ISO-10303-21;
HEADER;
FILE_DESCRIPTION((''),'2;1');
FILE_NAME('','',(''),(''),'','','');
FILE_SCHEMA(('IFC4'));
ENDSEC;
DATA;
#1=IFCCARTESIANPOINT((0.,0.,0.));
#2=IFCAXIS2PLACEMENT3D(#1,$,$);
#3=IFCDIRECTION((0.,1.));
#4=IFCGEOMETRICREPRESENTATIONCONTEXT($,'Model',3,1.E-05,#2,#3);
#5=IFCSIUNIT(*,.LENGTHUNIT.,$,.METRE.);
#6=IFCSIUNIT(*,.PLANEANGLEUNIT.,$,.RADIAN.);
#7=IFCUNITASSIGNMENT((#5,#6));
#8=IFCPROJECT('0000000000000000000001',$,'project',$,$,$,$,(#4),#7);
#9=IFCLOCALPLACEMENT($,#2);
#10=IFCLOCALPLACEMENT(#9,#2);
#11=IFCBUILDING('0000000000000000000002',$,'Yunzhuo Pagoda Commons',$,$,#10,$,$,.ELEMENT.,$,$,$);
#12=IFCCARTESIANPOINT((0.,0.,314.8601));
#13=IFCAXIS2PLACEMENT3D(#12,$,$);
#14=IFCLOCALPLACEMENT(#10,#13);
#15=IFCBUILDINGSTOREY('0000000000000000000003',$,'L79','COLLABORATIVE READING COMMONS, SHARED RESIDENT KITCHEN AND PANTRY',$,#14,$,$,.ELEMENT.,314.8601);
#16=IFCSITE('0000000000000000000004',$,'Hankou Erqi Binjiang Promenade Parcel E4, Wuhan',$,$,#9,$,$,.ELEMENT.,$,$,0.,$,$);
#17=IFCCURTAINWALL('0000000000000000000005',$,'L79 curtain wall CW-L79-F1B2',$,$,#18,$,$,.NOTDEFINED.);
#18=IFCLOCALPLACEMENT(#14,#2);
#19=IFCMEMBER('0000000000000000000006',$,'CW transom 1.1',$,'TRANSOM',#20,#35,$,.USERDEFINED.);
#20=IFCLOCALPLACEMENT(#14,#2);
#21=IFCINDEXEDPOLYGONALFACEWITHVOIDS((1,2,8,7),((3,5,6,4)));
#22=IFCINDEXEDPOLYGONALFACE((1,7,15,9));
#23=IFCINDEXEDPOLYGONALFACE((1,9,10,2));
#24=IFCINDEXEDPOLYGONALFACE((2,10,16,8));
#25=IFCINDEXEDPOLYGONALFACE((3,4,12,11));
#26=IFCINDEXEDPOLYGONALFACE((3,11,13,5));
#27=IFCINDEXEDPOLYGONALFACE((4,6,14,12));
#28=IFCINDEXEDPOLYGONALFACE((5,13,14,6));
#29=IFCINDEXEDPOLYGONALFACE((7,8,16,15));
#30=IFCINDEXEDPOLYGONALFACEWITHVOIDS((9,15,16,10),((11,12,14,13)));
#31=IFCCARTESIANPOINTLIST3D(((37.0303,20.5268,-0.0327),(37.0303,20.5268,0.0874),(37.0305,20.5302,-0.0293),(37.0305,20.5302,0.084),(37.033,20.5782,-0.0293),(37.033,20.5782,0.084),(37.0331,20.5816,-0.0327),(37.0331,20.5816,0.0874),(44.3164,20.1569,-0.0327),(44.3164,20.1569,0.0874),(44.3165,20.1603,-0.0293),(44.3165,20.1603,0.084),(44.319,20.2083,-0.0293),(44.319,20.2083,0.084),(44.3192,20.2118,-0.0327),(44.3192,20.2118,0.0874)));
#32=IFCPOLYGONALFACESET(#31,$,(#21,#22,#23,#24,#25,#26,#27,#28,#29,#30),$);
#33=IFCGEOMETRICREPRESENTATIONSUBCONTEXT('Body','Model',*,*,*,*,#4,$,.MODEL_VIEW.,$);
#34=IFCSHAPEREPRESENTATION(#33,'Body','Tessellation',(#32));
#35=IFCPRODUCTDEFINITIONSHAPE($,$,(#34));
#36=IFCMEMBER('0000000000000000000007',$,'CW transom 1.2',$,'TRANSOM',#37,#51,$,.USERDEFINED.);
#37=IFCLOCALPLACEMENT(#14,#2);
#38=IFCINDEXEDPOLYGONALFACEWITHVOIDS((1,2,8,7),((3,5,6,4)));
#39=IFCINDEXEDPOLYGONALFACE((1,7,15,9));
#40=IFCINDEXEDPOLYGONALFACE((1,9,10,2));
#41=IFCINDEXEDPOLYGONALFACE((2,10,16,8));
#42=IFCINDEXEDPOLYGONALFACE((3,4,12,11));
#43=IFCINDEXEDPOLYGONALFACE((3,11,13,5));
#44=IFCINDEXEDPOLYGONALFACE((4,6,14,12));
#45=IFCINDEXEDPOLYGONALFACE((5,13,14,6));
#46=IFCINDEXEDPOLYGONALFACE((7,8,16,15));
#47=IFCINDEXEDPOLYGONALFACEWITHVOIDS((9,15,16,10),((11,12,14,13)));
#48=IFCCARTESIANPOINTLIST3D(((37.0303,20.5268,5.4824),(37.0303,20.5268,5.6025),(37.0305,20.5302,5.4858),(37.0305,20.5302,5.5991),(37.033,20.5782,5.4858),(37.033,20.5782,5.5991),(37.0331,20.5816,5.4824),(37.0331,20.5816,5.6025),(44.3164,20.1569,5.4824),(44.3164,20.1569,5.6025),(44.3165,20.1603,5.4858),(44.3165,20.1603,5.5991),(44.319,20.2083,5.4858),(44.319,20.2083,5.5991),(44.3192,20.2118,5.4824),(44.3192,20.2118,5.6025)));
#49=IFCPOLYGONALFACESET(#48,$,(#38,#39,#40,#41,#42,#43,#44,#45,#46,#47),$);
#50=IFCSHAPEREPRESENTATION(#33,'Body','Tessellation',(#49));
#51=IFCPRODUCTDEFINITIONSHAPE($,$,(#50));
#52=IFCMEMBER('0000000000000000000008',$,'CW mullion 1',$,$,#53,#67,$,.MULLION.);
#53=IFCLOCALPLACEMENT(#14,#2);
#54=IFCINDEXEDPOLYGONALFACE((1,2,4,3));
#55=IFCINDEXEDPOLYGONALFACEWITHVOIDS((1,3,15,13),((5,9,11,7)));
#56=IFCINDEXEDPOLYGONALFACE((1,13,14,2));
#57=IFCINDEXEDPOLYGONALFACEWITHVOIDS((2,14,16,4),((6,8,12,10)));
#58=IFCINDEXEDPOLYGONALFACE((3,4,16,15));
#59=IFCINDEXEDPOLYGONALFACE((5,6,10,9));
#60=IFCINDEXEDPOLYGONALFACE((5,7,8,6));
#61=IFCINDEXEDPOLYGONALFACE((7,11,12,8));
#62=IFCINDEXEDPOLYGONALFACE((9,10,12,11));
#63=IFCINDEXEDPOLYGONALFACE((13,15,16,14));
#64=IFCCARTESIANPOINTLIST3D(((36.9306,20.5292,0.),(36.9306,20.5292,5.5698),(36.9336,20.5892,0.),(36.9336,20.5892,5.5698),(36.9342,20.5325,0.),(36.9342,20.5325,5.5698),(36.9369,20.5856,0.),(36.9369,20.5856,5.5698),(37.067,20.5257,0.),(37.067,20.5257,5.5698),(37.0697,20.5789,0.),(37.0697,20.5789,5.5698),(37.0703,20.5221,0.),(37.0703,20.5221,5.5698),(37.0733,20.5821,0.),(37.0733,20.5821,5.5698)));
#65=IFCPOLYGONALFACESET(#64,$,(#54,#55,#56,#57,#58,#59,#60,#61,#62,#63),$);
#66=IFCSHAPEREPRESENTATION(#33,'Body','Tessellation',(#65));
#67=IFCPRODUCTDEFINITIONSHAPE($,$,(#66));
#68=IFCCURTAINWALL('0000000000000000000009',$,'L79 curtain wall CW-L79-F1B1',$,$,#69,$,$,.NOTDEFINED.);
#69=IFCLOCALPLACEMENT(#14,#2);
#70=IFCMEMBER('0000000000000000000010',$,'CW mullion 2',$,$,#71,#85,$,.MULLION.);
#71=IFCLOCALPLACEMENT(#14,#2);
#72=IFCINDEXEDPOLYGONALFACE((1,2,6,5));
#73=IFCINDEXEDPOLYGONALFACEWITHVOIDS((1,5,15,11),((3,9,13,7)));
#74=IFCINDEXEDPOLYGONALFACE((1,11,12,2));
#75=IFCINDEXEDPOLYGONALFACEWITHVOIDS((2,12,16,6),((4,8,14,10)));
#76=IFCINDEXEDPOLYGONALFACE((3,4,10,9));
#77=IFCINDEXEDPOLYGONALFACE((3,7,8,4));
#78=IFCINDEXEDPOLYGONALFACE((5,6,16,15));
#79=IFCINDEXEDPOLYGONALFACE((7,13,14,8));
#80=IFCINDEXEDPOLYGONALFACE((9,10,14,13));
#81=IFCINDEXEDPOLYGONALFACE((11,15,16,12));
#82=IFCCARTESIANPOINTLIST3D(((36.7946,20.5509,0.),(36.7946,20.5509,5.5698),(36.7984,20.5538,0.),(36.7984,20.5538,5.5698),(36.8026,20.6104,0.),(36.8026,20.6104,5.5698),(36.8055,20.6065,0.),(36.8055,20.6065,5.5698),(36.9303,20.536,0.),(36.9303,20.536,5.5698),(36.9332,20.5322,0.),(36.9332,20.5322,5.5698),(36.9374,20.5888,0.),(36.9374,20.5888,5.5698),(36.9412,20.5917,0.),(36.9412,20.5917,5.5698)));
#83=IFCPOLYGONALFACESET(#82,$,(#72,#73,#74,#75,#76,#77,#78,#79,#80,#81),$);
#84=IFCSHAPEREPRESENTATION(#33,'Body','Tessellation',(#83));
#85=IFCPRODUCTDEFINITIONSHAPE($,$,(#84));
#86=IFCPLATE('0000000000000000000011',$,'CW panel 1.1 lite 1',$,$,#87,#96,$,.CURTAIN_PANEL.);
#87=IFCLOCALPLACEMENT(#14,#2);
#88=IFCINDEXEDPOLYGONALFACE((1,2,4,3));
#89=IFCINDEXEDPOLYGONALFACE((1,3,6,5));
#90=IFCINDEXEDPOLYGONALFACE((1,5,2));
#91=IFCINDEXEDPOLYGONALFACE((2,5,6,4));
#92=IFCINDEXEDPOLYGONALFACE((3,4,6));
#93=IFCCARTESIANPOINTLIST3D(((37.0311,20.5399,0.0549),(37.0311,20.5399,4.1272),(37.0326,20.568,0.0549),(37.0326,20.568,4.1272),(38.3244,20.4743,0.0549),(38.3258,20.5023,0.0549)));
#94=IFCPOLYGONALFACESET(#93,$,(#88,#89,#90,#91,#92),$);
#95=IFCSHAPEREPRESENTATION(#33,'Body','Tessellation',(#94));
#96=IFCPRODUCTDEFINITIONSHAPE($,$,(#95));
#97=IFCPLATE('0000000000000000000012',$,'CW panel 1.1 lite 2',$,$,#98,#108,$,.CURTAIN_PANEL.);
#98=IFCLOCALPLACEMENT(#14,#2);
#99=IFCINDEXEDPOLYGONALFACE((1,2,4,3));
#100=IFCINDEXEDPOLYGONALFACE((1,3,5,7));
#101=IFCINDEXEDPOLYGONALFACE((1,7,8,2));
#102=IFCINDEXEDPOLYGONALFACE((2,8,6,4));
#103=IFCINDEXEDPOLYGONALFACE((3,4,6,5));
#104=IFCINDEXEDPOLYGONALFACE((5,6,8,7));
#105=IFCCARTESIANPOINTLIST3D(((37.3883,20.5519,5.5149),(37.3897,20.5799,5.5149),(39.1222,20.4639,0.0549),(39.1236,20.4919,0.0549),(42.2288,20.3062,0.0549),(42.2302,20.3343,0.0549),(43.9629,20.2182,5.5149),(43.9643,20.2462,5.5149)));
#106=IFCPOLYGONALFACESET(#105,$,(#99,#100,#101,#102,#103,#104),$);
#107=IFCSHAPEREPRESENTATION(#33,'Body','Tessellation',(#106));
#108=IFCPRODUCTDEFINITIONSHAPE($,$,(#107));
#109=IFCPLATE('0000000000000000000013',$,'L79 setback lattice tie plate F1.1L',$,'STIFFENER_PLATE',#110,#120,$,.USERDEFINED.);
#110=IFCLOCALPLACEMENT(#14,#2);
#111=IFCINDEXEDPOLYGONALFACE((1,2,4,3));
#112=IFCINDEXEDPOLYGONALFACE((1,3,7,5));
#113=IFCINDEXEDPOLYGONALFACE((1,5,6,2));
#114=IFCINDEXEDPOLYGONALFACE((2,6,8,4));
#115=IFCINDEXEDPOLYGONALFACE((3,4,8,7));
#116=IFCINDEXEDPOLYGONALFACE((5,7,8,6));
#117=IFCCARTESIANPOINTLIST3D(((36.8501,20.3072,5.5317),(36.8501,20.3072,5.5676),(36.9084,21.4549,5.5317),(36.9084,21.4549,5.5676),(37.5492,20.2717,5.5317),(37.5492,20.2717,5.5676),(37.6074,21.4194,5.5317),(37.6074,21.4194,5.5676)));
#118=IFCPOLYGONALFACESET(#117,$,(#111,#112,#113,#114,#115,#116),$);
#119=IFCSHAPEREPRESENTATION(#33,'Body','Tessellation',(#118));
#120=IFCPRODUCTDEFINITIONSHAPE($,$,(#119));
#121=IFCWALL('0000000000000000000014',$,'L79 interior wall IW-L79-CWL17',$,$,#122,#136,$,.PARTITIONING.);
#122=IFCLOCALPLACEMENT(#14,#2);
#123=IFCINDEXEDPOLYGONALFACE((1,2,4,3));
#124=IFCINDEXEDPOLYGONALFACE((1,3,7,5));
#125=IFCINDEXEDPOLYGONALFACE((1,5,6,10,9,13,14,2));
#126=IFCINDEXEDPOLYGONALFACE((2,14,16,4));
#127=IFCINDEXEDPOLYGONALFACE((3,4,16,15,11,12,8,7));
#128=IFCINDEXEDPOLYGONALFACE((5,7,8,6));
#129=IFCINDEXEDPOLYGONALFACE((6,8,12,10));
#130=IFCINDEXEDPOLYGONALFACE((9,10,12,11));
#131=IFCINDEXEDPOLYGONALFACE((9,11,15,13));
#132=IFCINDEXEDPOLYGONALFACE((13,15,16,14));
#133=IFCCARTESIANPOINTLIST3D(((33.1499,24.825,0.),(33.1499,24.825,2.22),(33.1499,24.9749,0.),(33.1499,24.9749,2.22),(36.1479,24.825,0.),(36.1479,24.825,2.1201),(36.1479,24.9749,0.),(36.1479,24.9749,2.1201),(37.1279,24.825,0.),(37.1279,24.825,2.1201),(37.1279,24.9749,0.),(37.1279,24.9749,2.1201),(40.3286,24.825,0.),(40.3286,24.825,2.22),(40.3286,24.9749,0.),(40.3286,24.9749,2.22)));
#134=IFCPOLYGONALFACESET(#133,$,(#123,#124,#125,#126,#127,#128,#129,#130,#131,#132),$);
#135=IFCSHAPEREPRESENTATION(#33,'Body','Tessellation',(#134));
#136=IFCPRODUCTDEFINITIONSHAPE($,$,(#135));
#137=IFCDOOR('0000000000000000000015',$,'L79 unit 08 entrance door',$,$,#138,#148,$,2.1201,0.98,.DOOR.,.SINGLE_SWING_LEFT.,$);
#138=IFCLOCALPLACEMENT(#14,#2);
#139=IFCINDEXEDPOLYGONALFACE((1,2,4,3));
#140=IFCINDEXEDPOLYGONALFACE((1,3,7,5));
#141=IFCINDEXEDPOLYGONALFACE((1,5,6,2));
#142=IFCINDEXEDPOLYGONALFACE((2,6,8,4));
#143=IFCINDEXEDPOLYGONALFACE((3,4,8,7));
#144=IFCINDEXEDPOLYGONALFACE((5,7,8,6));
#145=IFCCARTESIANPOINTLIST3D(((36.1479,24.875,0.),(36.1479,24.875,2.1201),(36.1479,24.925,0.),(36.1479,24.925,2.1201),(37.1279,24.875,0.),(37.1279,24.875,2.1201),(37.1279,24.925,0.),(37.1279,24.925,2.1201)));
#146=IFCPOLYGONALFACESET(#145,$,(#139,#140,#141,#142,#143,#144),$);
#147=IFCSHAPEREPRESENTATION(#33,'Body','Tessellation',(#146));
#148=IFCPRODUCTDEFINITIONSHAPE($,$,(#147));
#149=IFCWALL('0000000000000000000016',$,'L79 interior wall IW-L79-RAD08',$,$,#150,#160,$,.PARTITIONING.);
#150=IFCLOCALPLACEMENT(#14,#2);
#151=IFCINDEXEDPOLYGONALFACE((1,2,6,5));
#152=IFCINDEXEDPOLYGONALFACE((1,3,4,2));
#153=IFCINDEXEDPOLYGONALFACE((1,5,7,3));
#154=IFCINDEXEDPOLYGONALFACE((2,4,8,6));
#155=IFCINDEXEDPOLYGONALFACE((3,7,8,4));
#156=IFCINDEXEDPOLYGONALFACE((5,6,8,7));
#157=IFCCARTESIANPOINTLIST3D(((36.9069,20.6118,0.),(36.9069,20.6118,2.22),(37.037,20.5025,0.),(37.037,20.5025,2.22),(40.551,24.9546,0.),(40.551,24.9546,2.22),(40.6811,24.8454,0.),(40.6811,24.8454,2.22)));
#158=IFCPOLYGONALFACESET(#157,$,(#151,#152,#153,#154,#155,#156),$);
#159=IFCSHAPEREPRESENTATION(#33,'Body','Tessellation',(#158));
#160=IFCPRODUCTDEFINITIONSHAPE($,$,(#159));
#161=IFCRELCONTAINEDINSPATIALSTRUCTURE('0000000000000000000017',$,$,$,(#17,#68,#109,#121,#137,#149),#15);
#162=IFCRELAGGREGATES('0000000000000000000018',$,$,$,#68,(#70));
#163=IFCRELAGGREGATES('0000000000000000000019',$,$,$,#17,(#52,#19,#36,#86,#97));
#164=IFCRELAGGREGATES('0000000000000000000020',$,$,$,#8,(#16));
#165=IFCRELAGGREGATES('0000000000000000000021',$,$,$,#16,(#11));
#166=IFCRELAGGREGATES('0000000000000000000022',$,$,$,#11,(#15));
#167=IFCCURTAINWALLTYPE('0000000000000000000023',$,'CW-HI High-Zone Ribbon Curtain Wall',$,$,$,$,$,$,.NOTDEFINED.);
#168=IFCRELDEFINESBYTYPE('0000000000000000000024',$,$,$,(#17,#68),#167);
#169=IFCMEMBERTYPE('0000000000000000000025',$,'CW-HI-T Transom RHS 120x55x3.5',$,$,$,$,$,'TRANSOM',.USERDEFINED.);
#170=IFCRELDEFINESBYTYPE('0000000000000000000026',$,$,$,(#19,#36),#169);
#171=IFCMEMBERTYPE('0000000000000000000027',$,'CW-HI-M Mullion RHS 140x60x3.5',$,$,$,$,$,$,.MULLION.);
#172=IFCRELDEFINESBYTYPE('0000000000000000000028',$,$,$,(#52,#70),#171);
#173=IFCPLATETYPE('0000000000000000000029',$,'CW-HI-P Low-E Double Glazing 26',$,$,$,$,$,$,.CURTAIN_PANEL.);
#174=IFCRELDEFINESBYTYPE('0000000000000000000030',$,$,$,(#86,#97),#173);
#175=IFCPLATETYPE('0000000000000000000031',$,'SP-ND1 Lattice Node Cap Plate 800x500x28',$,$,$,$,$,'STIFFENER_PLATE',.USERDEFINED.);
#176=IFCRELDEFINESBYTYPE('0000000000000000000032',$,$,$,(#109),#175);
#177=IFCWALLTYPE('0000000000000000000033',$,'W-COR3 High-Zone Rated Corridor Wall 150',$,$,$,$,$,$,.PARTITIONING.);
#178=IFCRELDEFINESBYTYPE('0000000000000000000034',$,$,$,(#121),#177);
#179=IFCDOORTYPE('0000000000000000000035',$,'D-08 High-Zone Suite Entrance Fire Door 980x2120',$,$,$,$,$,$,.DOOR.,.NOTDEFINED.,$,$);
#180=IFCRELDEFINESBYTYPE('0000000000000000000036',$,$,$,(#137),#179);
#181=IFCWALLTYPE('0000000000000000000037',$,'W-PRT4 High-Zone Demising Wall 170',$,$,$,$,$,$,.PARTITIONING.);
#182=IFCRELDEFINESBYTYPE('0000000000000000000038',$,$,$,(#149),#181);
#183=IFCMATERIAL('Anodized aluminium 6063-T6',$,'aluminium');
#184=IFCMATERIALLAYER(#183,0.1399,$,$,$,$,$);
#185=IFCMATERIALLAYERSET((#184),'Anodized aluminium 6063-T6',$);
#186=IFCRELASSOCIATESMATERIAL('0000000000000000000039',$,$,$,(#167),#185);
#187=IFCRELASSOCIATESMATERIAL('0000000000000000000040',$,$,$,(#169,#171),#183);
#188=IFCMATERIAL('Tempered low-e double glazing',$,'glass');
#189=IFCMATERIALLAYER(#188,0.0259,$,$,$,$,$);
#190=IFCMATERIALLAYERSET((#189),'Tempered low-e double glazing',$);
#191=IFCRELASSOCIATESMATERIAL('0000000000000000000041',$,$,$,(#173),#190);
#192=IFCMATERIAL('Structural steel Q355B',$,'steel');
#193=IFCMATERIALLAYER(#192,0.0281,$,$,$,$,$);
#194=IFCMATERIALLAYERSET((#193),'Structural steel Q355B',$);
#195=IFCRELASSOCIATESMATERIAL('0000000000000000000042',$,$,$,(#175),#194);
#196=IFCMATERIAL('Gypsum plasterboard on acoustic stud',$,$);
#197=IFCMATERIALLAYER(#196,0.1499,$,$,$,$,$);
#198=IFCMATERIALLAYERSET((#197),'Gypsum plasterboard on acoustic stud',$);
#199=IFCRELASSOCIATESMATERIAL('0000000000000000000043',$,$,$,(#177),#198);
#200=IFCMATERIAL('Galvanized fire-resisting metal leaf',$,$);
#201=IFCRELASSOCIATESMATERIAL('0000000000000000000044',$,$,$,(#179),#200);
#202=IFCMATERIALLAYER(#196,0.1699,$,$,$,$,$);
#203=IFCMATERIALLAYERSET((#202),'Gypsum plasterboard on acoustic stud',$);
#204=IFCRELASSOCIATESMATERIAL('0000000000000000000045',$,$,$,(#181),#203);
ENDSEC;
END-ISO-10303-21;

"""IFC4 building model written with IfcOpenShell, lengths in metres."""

from ifc_helpers import new_model, si_unit, direction, frame, frame_2d, origin, origin_with_axes, origin_2d, place, context, subcontext, project, spatial, polyline, rectangle, hollow_rectangle, outline, extrude, source, transform, mapped, material, layer, layer_set, material_profile, profile_set, type_object, element, fill, aggregate, save


model = new_model("IFC4")

# Units and contexts
model_context = context("Model", 3, precision=1e-05, world=origin(), true_north=direction((0.0, 1.0)))
body_context = subcontext(model_context, "Body", "Model", "MODEL_VIEW")
ifc_project = project(units=[si_unit("LENGTHUNIT", "METRE"), si_unit("PLANEANGLEUNIT", "RADIAN")], contexts=[model_context])

# Site, building, storey
site_placement = place(None, origin())
site = spatial("IfcSite", under=ifc_project, at=site_placement, Name="Hankou Erqi Binjiang Promenade Parcel E4, Wuhan", CompositionType="ELEMENT", RefElevation=0.0)
building_placement = place(site_placement, origin())
building = spatial("IfcBuilding", under=site, at=building_placement, Name="Yunzhuo Pagoda Commons", CompositionType="ELEMENT")
storey_placement = place(building_placement, frame((0.0, 0.0, 314.8601)))
storey = spatial("IfcBuildingStorey", under=building, at=storey_placement, Name="L79", Description="COLLABORATIVE READING COMMONS, SHARED RESIDENT KITCHEN AND PANTRY", CompositionType="ELEMENT", Elevation=314.8601)

# Shared definitions
ifc_material_1 = material(Name="Structural steel Q355B", Category="steel")

# Curtain wall, members
ifc_material_2 = material(Name="Anodized aluminium 6063-T6", Category="aluminium")
ifc_layer_1 = layer(ifc_material_2, 0.1399)
ifc_layer_set_1 = layer_set([ifc_layer_1], Name="Anodized aluminium 6063-T6")
curtain_wall_type = type_object("IfcCurtainWallType", Name="CW-HI High-Zone Ribbon Curtain Wall", PredefinedType="NOTDEFINED", material=ifc_layer_set_1)
curtain_wall_1_placement = place(storey_placement, origin())
curtain_wall_1 = element("IfcCurtainWall", 1, at=curtain_wall_1_placement, inside=storey, type_object=curtain_wall_type, Name="L79 curtain wall CW-L79-F1B2", PredefinedType="NOTDEFINED")
ifc_material_profile_1 = material_profile(ifc_material_2, hollow_rectangle(XDim=0.0549, YDim=0.1201, WallThickness=0.0034, at=origin_2d()), Name="Anodized aluminium 6063-T6")
ifc_profile_set_1 = profile_set([ifc_material_profile_1], Name="Anodized aluminium 6063-T6")
member_type_1 = type_object("IfcMemberType", Name="CW-HI-T Transom RHS 120x55x3.5", ElementType="TRANSOM", PredefinedType="USERDEFINED", material=ifc_profile_set_1)
shared_shape_1 = source(origin(), body_context, "Body", "SweptSolid", [
    extrude(hollow_rectangle(XDim=0.0549, YDim=0.1201, WallThickness=0.0034, at=origin_2d()), origin(), (0.0, 0.0, 1.0), 7.2954),
])
member_1_placement = place(storey_placement, frame((37.0317, 20.5542, 0.0273), z_axis=(0.998714, -0.050699, 0.0), x_axis=(0.050699, 0.998714, 0.0)))
member_1 = element("IfcMember", 2, at=member_1_placement, type_object=member_type_1, Name="CW transom 1.1", ObjectType="TRANSOM", PredefinedType="USERDEFINED", context=body_context, shape_type="MappedRepresentation", body=[
    mapped(shared_shape_1, transform((0.0, 0.0, 0.0), scale=1.0)),
])
member_2_placement = place(storey_placement, frame((37.0317, 20.5542, 5.5425), z_axis=(0.998714, -0.050699, 0.0), x_axis=(0.050699, 0.998714, 0.0)))
member_2 = element("IfcMember", 3, at=member_2_placement, type_object=member_type_1, Name="CW transom 1.2", ObjectType="TRANSOM", PredefinedType="USERDEFINED", context=body_context, shape_type="MappedRepresentation", body=[
    mapped(shared_shape_1, transform((0.0, 0.0, 0.0), scale=1.0)),
])
ifc_material_profile_2 = material_profile(ifc_material_2, hollow_rectangle(XDim=0.0601, YDim=0.1399, WallThickness=0.0034, at=origin_2d()), Name="Anodized aluminium 6063-T6")
ifc_profile_set_2 = profile_set([ifc_material_profile_2], Name="Anodized aluminium 6063-T6")
member_type_2 = type_object("IfcMemberType", Name="CW-HI-M Mullion RHS 140x60x3.5", PredefinedType="MULLION", material=ifc_profile_set_2)
shared_shape_2 = source(origin(), body_context, "Body", "SweptSolid", [
    extrude(hollow_rectangle(XDim=0.0601, YDim=0.1399, WallThickness=0.0034, at=origin_2d()), origin(), (0.0, 0.0, 1.0), 5.5698),
])
member_3_placement = place(storey_placement, frame((37.002, 20.5557, 0.0), z_axis=(0.0, 0.0, 1.0), x_axis=(0.050692, 0.998714, 0.0)))
member_3 = element("IfcMember", 4, at=member_3_placement, type_object=member_type_2, Name="CW mullion 1", PredefinedType="MULLION", context=body_context, shape_type="MappedRepresentation", body=[
    mapped(shared_shape_2, transform((0.0, 0.0, 0.0), scale=1.0)),
])

# Curtain wall, member
curtain_wall_2_placement = place(storey_placement, origin())
curtain_wall_2 = element("IfcCurtainWall", 5, at=curtain_wall_2_placement, inside=storey, type_object=curtain_wall_type, Name="L79 curtain wall CW-L79-F1B1", PredefinedType="NOTDEFINED")
member_4_placement = place(storey_placement, frame((36.8679, 20.5713, 0.0), z_axis=(0.0, 0.0, 1.0), x_axis=(0.133519, 0.991046, 0.0)))
member_4 = element("IfcMember", 6, at=member_4_placement, type_object=member_type_2, Name="CW mullion 2", PredefinedType="MULLION", context=body_context, shape_type="MappedRepresentation", body=[
    mapped(shared_shape_2, transform((0.0, 0.0, 0.0), scale=1.0)),
])
aggregate(curtain_wall_2, [member_4])

# Plates
ifc_material_3 = material(Name="Tempered low-e double glazing", Category="glass")
ifc_layer_2 = layer(ifc_material_3, 0.0259)
ifc_layer_set_2 = layer_set([ifc_layer_2], Name="Tempered low-e double glazing")
plate_type_1 = type_object("IfcPlateType", Name="CW-HI-P Low-E Double Glazing 26", PredefinedType="CURTAIN_PANEL", material=ifc_layer_set_2)
plate_1_placement = place(storey_placement, frame((37.6792, 20.5352, 2.0911), z_axis=(-0.050692, -0.998714, 0.0), x_axis=(0.998714, -0.050692, 0.0)))
plate_1 = element("IfcPlate", 7, at=plate_1_placement, type_object=plate_type_1, Name="CW panel 1.1 lite 1", PredefinedType="CURTAIN_PANEL", context=body_context, shape_type="SweptSolid", body=[
    extrude(outline(polyline([(-0.6475, -2.0361), (0.6475, -2.0361), (-0.6475, 2.0361), (-0.6475, -2.0361)])), origin(), (0.0, 0.0, 1.0), 0.0281),
])
plate_2_placement = place(storey_placement, frame((40.677, 20.4131, 2.7849), z_axis=(-0.050692, -0.998714, 0.0), x_axis=(0.998714, -0.050692, 0.0)))
plate_2 = element("IfcPlate", 8, at=plate_2_placement, type_object=plate_type_1, Name="CW panel 1.1 lite 2", PredefinedType="CURTAIN_PANEL", context=body_context, shape_type="SweptSolid", body=[
    extrude(outline(polyline([(-3.2915, 2.73), (-1.5554, -2.73), (1.5552, -2.73), (3.2915, 2.73), (-3.2915, 2.73)])), origin(), (0.0, 0.0, 1.0), 0.0281),
])
aggregate(curtain_wall_1, [member_3, member_1, member_2, plate_1, plate_2])
ifc_layer_3 = layer(ifc_material_1, 0.0281)
ifc_layer_set_3 = layer_set([ifc_layer_3], Name="Structural steel Q355B")
plate_type_2 = type_object("IfcPlateType", Name="SP-ND1 Lattice Node Cap Plate 800x500x28", ElementType="STIFFENER_PLATE", PredefinedType="USERDEFINED", material=ifc_layer_set_3)
shared_shape_3 = source(origin(), body_context, "Body", "SweptSolid", [
    extrude(rectangle(XDim=0.7, YDim=1.1492, at=origin_2d()), origin(), (0.0, 0.0, 1.0), 0.0359),
])
plate_3_placement = place(storey_placement, frame((37.2288, 20.8633, 5.5317), z_axis=(0.0, 0.0, 1.0), x_axis=(0.998714, -0.050698, 0.0)))
element("IfcPlate", 9, at=plate_3_placement, inside=storey, type_object=plate_type_2, Name="L79 setback lattice tie plate F1.1L", ObjectType="STIFFENER_PLATE", PredefinedType="USERDEFINED", context=body_context, shape_type="MappedRepresentation", body=[
    mapped(shared_shape_3, transform((0.0, 0.0, 0.0), scale=1.0)),
])

# Wall, opening, door
ifc_material_4 = material(Name="Gypsum plasterboard on acoustic stud")
ifc_layer_4 = layer(ifc_material_4, 0.1499)
ifc_layer_set_4 = layer_set([ifc_layer_4], Name="Gypsum plasterboard on acoustic stud")
wall_type_1 = type_object("IfcWallType", Name="W-COR3 High-Zone Rated Corridor Wall 150", PredefinedType="PARTITIONING", material=ifc_layer_set_4)
wall_1_placement = place(storey_placement, frame((40.3286, 24.8999, 0.0), z_axis=(0.0, 0.0, 1.0), x_axis=(-1.0, 0.0, 0.0)))
wall_1 = element("IfcWall", 10, at=wall_1_placement, inside=storey, type_object=wall_type_1, Name="L79 interior wall IW-L79-CWL17", PredefinedType="PARTITIONING", context=body_context, shape_type="SweptSolid", body=[
    extrude(rectangle(XDim=7.1787, YDim=0.1499, at=frame_2d((3.5894, 0.0))), origin(), (0.0, 0.0, 1.0), 2.22),
])
opening_1_placement = place(wall_1_placement, frame((3.2007, 0.0, 0.0)))
opening_1 = element("IfcOpeningElement", 11, at=opening_1_placement, cuts=wall_1, PredefinedType="OPENING", context=body_context, shape_type="SweptSolid", body=[
    extrude(rectangle(XDim=0.98, YDim=2.1201, at=frame_2d((0.49, 1.0601))), frame((0.0, 0.085, 0.0), z_axis=(0.0, -1.0, 0.0), x_axis=(1.0, 0.0, 0.0)), (0.0, 0.0, 1.0), 0.1699),
])
ifc_material_5 = material(Name="Galvanized fire-resisting metal leaf")
door_type_1 = type_object("IfcDoorType", Name="D-08 High-Zone Suite Entrance Fire Door 980x2120", OperationType="NOTDEFINED", PredefinedType="DOOR", material=ifc_material_5)
shared_shape_4 = source(origin(), body_context, "Body", "SweptSolid", [
    extrude(rectangle(XDim=0.98, YDim=2.1201, at=frame_2d((0.49, 1.0601))), frame((0.0, 0.0249, 0.0), z_axis=(0.0, -1.0, 0.0), x_axis=(1.0, 0.0, 0.0)), (0.0, 0.0, 1.0), 0.05),
])
door_1_placement = place(opening_1_placement, origin_with_axes())
door_1 = element("IfcDoor", 12, at=door_1_placement, inside=storey, type_object=door_type_1, Name="L79 unit 08 entrance door", OperationType="SINGLE_SWING_LEFT", OverallHeight=2.1201, OverallWidth=0.98, PredefinedType="DOOR", context=body_context, shape_type="MappedRepresentation", body=[
    mapped(shared_shape_4, transform((0.0, 0.0, 0.0), scale=1.0)),
])
fill(opening_1, door_1)

# Wall
ifc_layer_5 = layer(ifc_material_4, 0.1699)
ifc_layer_set_5 = layer_set([ifc_layer_5], Name="Gypsum plasterboard on acoustic stud")
wall_type_2 = type_object("IfcWallType", Name="W-PRT4 High-Zone Demising Wall 170", PredefinedType="PARTITIONING", material=ifc_layer_set_5)
wall_2_placement = place(storey_placement, frame((40.616, 24.8999, 0.0), z_axis=(0.0, 0.0, 1.0), x_axis=(-0.64279, -0.766042, 0.0)))
element("IfcWall", 13, at=wall_2_placement, inside=storey, type_object=wall_type_2, Name="L79 interior wall IW-L79-RAD08", PredefinedType="PARTITIONING", context=body_context, shape_type="SweptSolid", body=[
    extrude(rectangle(XDim=5.6692, YDim=0.1699, at=frame_2d((2.8345, 0.0))), origin(), (0.0, 0.0, 1.0), 2.22),
])

save(model, "model.ifc")
